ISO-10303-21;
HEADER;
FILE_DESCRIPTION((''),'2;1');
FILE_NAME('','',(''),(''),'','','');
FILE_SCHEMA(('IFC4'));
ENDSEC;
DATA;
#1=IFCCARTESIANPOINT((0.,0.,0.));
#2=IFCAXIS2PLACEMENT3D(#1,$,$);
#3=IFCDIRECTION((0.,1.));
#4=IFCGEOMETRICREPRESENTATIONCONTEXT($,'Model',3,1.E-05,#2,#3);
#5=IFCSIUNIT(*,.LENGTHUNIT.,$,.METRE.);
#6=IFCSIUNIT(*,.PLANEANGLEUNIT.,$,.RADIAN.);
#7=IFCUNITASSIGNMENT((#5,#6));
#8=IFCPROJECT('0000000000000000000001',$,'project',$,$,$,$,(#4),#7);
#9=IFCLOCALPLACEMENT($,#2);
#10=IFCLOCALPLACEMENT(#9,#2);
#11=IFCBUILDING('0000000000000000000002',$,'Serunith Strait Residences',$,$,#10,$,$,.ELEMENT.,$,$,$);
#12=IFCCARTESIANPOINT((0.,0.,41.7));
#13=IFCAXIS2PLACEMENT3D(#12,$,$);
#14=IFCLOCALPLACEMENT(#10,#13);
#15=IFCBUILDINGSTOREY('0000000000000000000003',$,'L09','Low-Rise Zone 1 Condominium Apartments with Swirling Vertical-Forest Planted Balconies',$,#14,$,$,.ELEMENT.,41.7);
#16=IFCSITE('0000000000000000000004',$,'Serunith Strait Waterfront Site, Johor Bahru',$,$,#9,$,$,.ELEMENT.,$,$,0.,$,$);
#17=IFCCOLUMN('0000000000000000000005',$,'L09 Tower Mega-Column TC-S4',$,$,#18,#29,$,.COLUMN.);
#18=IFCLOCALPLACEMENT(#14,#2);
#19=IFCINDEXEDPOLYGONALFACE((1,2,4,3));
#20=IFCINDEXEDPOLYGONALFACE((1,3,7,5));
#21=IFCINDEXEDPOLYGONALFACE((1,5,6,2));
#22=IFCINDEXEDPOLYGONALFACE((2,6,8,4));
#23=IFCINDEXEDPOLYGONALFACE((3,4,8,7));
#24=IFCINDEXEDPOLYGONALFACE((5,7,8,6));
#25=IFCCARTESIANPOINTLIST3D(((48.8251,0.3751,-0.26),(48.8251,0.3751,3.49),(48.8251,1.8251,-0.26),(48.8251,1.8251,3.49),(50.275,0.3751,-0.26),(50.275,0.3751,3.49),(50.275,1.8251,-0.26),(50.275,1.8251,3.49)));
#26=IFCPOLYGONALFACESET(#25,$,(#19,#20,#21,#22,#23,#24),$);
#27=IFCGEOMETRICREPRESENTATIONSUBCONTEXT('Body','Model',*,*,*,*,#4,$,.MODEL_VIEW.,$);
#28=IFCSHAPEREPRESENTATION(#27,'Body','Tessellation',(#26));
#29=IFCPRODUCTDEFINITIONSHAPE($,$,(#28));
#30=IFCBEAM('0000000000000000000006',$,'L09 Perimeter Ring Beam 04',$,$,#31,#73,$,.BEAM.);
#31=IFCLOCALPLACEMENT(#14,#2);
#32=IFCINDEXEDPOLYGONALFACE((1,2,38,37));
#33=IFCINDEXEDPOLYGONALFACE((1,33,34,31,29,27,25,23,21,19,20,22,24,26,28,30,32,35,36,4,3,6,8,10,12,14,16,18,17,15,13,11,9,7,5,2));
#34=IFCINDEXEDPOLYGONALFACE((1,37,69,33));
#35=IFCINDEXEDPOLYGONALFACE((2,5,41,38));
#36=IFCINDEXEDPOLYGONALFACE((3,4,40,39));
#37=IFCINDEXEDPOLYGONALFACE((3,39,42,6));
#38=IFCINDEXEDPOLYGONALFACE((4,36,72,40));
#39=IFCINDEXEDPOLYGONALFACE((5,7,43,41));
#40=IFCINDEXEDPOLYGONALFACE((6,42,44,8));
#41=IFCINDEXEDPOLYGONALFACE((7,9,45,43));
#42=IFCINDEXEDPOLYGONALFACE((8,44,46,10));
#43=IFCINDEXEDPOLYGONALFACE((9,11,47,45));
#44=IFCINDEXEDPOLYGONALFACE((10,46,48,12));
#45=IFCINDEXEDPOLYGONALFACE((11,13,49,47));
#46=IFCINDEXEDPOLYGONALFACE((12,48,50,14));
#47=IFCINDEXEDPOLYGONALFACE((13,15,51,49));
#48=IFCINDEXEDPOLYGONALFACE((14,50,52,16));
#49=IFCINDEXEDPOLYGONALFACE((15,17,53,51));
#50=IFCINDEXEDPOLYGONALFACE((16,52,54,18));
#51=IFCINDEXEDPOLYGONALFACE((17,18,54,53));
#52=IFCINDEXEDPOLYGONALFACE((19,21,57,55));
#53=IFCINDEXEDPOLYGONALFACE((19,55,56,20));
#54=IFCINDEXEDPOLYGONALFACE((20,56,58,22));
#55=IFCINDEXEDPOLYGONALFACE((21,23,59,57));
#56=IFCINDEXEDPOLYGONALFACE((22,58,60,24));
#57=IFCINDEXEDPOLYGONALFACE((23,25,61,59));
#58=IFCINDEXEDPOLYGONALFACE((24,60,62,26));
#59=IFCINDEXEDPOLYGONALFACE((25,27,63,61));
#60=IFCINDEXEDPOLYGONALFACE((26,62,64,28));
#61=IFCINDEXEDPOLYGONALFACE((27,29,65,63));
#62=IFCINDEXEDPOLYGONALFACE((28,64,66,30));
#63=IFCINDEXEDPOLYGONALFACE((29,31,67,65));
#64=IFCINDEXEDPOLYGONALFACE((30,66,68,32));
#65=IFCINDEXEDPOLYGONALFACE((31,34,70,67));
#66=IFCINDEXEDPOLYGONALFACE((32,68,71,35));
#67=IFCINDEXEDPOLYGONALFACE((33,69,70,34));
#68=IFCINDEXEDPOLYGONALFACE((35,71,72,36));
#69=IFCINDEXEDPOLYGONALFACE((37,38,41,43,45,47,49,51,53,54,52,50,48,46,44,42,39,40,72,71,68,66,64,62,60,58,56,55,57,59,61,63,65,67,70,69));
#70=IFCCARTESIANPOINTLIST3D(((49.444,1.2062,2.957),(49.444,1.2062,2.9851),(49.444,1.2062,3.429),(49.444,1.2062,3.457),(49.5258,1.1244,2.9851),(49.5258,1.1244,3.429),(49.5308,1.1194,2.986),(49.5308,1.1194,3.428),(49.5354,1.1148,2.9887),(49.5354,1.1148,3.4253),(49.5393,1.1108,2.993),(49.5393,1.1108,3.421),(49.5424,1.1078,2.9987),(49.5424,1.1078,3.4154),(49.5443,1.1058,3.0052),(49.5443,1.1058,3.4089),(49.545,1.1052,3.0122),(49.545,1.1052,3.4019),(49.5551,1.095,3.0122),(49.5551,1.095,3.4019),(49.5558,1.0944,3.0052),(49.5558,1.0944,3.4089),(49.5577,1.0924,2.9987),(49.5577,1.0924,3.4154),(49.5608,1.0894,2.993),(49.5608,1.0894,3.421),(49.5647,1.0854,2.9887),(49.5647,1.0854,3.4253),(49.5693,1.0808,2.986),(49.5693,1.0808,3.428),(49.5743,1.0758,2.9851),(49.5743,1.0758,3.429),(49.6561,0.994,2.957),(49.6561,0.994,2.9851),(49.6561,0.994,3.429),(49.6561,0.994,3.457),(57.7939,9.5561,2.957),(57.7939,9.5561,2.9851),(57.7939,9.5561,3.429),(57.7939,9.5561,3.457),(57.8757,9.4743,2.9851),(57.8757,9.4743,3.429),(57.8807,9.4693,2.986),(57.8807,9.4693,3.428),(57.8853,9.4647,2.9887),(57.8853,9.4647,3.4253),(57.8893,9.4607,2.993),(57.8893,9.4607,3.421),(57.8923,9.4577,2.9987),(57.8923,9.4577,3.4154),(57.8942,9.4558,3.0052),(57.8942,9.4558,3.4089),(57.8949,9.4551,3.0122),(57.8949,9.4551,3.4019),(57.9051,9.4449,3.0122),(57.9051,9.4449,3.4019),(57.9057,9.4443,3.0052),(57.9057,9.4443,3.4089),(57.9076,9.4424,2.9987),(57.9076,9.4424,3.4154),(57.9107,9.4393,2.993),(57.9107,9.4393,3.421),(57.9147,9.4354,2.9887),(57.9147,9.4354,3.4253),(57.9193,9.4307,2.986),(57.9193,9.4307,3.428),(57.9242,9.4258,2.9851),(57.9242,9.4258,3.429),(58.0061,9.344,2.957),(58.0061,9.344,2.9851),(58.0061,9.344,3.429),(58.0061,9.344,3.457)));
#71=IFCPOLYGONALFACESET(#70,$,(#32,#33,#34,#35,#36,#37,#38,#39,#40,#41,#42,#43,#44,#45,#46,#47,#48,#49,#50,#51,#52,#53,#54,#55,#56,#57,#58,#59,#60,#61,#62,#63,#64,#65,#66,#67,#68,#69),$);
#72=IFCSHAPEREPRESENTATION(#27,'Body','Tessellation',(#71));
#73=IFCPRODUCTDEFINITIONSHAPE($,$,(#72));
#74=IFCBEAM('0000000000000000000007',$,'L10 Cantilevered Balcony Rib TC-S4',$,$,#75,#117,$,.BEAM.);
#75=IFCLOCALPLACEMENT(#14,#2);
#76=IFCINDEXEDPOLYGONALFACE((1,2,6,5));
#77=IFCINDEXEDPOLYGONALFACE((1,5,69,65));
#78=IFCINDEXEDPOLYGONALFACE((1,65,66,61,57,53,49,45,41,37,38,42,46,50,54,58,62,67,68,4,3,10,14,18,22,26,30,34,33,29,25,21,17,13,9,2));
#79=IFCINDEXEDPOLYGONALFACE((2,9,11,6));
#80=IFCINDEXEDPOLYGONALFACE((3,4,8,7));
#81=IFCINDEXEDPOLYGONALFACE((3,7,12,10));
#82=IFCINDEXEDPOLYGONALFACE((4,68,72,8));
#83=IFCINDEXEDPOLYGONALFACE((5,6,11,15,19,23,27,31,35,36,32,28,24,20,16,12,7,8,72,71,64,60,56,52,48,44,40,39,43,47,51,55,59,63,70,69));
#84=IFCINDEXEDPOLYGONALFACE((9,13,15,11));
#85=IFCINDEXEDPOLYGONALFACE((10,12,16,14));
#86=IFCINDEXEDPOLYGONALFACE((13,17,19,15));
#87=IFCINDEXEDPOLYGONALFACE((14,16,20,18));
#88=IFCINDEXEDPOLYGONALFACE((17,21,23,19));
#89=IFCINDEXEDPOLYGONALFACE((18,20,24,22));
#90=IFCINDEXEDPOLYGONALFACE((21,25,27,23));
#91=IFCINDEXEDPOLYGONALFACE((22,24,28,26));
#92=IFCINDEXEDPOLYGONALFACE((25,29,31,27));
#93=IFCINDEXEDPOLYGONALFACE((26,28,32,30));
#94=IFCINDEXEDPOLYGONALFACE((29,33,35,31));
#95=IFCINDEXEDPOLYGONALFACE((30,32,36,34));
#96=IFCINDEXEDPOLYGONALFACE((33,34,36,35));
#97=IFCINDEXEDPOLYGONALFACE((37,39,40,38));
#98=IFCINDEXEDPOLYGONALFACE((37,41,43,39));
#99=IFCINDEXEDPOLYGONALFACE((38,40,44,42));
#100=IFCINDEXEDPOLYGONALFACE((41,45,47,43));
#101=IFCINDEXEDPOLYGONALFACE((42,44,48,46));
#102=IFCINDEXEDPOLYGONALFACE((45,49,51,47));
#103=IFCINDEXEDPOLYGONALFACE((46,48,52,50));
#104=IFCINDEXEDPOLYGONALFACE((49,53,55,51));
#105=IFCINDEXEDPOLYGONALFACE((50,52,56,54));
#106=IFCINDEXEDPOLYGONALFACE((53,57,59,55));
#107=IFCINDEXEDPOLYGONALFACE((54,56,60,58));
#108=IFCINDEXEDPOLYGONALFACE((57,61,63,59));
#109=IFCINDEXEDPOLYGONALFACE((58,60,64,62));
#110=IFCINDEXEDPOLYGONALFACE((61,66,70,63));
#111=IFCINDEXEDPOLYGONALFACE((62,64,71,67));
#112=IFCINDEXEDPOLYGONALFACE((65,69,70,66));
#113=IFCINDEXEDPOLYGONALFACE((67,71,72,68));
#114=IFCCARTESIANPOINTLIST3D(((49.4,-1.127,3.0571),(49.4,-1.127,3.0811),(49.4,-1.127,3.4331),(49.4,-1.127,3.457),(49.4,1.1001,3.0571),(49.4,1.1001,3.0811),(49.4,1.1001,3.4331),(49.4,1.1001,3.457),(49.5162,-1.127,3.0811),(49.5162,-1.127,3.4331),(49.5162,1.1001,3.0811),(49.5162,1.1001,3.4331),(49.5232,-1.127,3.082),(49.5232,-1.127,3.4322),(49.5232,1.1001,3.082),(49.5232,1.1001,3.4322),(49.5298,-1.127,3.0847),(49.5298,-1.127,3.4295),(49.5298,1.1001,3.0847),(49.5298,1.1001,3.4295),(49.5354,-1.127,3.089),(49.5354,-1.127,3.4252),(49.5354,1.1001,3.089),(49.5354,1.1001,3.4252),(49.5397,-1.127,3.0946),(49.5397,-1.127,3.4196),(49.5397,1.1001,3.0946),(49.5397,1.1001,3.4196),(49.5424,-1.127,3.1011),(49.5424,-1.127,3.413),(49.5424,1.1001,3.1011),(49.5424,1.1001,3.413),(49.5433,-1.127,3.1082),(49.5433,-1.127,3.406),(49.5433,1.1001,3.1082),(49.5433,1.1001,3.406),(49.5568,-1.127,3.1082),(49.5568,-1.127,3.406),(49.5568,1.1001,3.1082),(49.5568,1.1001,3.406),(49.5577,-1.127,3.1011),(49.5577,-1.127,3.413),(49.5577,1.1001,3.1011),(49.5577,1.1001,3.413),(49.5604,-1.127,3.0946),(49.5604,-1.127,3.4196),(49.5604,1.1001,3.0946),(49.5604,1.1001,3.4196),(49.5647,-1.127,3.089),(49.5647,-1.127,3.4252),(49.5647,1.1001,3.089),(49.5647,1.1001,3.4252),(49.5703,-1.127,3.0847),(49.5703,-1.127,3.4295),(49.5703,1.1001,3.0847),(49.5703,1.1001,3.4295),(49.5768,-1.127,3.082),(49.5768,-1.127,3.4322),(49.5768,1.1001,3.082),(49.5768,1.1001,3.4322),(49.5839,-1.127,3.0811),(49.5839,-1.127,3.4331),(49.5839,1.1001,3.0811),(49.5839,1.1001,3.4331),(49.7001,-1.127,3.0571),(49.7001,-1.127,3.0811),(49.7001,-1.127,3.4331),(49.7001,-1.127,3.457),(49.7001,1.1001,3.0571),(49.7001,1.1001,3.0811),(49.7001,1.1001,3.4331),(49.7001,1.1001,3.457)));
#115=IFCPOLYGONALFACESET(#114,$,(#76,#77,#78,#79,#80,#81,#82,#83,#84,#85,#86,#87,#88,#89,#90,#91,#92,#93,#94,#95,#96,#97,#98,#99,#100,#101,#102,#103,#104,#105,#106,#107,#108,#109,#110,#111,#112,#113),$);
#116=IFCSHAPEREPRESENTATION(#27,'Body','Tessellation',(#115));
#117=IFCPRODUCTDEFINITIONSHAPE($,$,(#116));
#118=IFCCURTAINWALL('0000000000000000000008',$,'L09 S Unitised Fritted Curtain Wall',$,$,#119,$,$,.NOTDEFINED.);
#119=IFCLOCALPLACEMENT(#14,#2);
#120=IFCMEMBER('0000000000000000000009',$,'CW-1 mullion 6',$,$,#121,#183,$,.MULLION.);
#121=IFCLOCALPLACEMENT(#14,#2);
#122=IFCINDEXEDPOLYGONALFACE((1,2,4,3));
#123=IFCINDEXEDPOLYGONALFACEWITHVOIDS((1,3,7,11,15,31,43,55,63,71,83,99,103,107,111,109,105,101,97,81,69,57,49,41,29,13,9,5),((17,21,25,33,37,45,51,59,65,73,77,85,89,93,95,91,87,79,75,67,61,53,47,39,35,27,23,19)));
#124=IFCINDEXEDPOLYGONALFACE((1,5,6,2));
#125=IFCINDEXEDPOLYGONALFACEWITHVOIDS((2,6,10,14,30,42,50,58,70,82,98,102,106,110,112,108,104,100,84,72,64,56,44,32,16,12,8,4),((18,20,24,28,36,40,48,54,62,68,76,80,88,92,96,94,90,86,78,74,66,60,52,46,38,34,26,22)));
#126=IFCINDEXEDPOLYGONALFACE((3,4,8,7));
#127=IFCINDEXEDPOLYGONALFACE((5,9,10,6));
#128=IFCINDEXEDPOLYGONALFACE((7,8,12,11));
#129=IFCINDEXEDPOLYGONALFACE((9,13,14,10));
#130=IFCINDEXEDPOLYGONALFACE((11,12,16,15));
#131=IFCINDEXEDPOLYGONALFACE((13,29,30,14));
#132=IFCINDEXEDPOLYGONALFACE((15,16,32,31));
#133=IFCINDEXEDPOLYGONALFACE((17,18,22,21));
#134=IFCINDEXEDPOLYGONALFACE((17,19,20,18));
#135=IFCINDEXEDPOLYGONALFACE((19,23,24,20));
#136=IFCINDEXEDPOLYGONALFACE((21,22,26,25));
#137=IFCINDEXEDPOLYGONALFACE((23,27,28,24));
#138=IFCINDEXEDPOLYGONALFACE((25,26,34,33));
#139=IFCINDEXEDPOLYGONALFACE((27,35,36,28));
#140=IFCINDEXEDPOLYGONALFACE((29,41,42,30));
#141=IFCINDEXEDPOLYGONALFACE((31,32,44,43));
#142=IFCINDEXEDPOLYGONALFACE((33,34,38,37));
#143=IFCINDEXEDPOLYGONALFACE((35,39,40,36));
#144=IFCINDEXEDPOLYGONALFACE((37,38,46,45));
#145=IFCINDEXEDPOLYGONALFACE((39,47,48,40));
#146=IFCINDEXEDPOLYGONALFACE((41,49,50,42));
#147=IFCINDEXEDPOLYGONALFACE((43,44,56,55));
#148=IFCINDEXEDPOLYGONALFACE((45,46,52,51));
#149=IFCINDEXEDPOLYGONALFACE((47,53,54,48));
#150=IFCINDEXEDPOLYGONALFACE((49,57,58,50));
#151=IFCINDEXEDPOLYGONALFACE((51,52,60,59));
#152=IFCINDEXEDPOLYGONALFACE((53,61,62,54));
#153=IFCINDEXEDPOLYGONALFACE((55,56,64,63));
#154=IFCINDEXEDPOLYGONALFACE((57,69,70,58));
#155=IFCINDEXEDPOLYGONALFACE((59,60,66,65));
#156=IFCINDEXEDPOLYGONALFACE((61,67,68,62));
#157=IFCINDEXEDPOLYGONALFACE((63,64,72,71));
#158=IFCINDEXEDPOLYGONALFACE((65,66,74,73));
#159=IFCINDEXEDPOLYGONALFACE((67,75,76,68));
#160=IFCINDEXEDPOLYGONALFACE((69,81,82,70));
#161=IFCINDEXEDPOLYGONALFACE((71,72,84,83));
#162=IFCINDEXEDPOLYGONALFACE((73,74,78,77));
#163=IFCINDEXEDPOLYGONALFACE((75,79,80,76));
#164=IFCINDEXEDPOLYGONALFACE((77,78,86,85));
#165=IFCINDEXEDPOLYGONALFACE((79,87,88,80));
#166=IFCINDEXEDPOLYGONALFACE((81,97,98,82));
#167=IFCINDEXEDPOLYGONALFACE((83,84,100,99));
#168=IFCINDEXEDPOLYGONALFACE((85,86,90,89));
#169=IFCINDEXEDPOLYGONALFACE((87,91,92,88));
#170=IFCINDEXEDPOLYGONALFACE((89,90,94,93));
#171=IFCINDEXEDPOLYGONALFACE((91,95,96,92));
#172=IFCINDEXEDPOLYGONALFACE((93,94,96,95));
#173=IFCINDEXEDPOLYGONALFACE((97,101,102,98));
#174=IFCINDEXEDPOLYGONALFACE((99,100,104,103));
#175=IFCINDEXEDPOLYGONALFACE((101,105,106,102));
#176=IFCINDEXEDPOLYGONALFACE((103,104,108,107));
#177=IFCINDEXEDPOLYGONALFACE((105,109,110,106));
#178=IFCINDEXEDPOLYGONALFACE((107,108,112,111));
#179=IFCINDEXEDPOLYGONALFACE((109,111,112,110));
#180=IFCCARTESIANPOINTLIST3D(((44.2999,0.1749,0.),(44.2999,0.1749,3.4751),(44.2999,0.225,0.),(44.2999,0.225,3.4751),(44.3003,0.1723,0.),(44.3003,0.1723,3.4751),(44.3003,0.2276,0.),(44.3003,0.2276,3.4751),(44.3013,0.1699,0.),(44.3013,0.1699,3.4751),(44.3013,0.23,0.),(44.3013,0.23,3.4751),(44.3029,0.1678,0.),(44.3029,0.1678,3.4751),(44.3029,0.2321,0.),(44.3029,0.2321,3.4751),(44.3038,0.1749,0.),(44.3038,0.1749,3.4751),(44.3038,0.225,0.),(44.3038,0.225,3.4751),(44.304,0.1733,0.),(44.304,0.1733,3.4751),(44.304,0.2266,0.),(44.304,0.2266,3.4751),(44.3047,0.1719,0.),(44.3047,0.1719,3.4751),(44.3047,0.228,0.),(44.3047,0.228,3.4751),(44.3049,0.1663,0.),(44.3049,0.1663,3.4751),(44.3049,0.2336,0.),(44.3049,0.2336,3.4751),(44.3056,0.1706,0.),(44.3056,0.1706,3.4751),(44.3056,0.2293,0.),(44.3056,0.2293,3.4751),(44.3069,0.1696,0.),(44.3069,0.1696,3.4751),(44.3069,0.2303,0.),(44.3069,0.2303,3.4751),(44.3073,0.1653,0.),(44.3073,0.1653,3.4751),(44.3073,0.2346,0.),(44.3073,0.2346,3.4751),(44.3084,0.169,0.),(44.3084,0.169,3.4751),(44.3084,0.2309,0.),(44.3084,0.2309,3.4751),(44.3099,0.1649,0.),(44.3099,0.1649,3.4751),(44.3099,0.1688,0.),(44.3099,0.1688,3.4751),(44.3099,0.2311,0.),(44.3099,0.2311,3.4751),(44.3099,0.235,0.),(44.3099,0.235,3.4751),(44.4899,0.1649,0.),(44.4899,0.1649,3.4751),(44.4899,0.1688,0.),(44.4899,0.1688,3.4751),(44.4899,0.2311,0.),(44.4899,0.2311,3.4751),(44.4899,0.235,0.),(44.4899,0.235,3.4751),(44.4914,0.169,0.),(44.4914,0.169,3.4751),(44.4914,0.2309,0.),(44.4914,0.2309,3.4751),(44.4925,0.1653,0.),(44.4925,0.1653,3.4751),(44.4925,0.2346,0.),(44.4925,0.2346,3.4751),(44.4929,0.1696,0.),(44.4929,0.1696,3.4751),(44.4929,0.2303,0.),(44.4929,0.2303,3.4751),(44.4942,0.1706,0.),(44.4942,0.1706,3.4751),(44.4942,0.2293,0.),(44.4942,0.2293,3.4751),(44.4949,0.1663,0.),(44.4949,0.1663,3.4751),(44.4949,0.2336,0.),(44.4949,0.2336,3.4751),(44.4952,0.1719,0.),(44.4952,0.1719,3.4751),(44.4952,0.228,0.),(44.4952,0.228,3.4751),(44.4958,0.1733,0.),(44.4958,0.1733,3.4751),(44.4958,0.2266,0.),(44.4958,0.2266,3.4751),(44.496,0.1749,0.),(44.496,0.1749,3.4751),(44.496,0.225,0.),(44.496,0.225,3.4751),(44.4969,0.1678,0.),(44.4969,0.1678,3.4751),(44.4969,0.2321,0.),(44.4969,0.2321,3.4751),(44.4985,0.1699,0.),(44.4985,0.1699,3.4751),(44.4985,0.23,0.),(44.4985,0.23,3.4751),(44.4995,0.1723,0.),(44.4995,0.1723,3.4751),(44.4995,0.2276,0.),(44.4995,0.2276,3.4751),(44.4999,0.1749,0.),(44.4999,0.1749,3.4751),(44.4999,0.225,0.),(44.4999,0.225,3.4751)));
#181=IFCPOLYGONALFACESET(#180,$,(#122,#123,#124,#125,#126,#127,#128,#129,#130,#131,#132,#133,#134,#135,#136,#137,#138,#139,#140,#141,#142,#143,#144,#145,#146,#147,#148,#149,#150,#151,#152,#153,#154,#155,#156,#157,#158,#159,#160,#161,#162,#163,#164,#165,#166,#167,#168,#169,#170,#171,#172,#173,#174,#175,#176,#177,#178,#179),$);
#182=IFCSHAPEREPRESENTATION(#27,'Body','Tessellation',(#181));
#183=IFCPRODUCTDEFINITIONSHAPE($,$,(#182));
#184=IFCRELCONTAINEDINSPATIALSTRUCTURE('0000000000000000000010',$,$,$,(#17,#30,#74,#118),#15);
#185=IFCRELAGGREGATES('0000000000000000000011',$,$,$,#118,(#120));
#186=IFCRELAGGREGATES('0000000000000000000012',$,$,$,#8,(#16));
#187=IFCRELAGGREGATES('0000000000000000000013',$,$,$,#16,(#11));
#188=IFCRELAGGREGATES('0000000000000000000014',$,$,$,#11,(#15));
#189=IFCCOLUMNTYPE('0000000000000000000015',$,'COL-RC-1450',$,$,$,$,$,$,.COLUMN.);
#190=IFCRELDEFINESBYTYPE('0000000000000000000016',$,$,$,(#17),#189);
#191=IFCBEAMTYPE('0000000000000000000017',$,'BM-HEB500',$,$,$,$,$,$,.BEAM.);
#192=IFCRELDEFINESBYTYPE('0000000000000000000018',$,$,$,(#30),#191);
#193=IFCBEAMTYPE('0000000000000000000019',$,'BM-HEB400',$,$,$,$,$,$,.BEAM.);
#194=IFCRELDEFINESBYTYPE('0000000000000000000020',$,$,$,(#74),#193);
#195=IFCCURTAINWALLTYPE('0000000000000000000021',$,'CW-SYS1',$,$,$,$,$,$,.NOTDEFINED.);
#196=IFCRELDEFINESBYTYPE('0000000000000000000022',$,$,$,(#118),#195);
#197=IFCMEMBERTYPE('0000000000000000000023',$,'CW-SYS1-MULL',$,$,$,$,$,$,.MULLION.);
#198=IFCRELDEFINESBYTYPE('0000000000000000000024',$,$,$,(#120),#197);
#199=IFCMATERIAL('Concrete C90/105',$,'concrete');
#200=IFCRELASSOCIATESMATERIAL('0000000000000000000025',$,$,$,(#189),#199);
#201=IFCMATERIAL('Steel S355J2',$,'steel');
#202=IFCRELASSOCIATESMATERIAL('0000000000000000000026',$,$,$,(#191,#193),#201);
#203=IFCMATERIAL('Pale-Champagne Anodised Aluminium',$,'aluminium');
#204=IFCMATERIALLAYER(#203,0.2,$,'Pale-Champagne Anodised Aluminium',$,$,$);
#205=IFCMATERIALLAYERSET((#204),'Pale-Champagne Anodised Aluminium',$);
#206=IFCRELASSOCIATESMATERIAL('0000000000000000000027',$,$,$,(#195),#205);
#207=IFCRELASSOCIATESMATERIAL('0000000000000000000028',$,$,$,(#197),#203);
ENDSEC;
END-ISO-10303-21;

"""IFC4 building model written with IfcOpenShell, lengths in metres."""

from ifc_helpers import new_model, si_unit, direction, frame, origin, origin_2d, place, context, subcontext, project, spatial, rectangle, hollow_rectangle, i_section, extrude, source, transform, mapped, material, layer, layer_set, material_profile, profile_set, type_object, element, aggregate, save


model = new_model("IFC4")

# Units and contexts
model_context = context("Model", 3, precision=1e-05, world=origin(), true_north=direction((0.0, 1.0)))
body_context = subcontext(model_context, "Body", "Model", "MODEL_VIEW")
ifc_project = project(units=[si_unit("LENGTHUNIT", "METRE"), si_unit("PLANEANGLEUNIT", "RADIAN")], contexts=[model_context])

# Site, building, storey
site_placement = place(None, origin())
site = spatial("IfcSite", under=ifc_project, at=site_placement, Name="Serunith Strait Waterfront Site, Johor Bahru", CompositionType="ELEMENT", RefElevation=0.0)
building_placement = place(site_placement, origin())
building = spatial("IfcBuilding", under=site, at=building_placement, Name="Serunith Strait Residences", CompositionType="ELEMENT")
storey_placement = place(building_placement, frame((0.0, 0.0, 41.7)))
storey = spatial("IfcBuildingStorey", under=building, at=storey_placement, Name="L09", Description="Low-Rise Zone 1 Condominium Apartments with Swirling Vertical-Forest Planted Balconies", CompositionType="ELEMENT", Elevation=41.7)

# Column
ifc_material_1 = material(Name="Concrete C90/105", Category="concrete")
ifc_material_profile_1 = material_profile(ifc_material_1, rectangle(XDim=1.45, YDim=1.45, at=origin_2d()), Name="RC 1450x1450")
ifc_profile_set_1 = profile_set([ifc_material_profile_1], Name="Concrete C90/105")
column_type = type_object("IfcColumnType", Name="COL-RC-1450", PredefinedType="COLUMN", material=ifc_profile_set_1)
shared_shape_1 = source(origin(), body_context, "Body", "SweptSolid", [
    extrude(rectangle(XDim=1.45, YDim=1.45, at=origin_2d()), origin(), (0.0, 0.0, 1.0), 3.75),
])
column_placement = place(storey_placement, frame((49.55, 1.1001, -0.26), z_axis=(0.0, 0.0, 1.0), x_axis=(1.0, 0.0, 0.0)))
element("IfcColumn", 1, at=column_placement, inside=storey, type_object=column_type, Name="L09 Tower Mega-Column TC-S4", PredefinedType="COLUMN", context=body_context, shape_type="MappedRepresentation", body=[
    mapped(shared_shape_1, transform((0.0, 0.0, 0.0), scale=1.0)),
])

# Beams
ifc_material_2 = material(Name="Steel S355J2", Category="steel")
ifc_material_profile_2 = material_profile(ifc_material_2, i_section(OverallWidth=0.3, OverallDepth=0.5, WebThickness=0.0144, FlangeThickness=0.0281, FilletRadius=0.0271, at=origin_2d()), Name="HEB 500")
ifc_profile_set_2 = profile_set([ifc_material_profile_2], Name="Steel S355J2")
beam_type_1 = type_object("IfcBeamType", Name="BM-HEB500", PredefinedType="BEAM", material=ifc_profile_set_2)
shared_shape_2 = source(origin(), body_context, "Body", "SweptSolid", [
    extrude(i_section(OverallWidth=0.3, OverallDepth=0.5, WebThickness=0.0144, FlangeThickness=0.0281, FilletRadius=0.0271, at=origin_2d()), origin(), (0.0, 0.0, 1.0), 11.8086),
])
beam_1_placement = place(storey_placement, frame((49.55, 1.1001, 3.207), z_axis=(0.707107, 0.707107, 0.0), x_axis=(-0.707107, 0.707107, 0.0)))
element("IfcBeam", 2, at=beam_1_placement, inside=storey, type_object=beam_type_1, Name="L09 Perimeter Ring Beam 04", PredefinedType="BEAM", context=body_context, shape_type="MappedRepresentation", body=[
    mapped(shared_shape_2, transform((0.0, 0.0, 0.0), scale=1.0)),
])
ifc_material_profile_3 = material_profile(ifc_material_2, i_section(OverallWidth=0.3, OverallDepth=0.3999, WebThickness=0.0134, FlangeThickness=0.0239, FilletRadius=0.0271, at=origin_2d()), Name="HEB 400")
ifc_profile_set_3 = profile_set([ifc_material_profile_3], Name="Steel S355J2")
beam_type_2 = type_object("IfcBeamType", Name="BM-HEB400", PredefinedType="BEAM", material=ifc_profile_set_3)
shared_shape_3 = source(origin(), body_context, "Body", "SweptSolid", [
    extrude(i_section(OverallWidth=0.3, OverallDepth=0.3999, WebThickness=0.0134, FlangeThickness=0.0239, FilletRadius=0.0271, at=origin_2d()), origin(), (0.0, 0.0, 1.0), 2.2271),
])
beam_2_placement = place(storey_placement, frame((49.55, 1.1001, 3.2571), z_axis=(0.0, -1.0, 0.0), x_axis=(1.0, 0.0, 0.0)))
element("IfcBeam", 3, at=beam_2_placement, inside=storey, type_object=beam_type_2, Name="L10 Cantilevered Balcony Rib TC-S4", PredefinedType="BEAM", context=body_context, shape_type="MappedRepresentation", body=[
    mapped(shared_shape_3, transform((0.0, 0.0, 0.0), scale=1.0)),
])

# Curtain wall, member
ifc_material_3 = material(Name="Pale-Champagne Anodised Aluminium", Category="aluminium")
ifc_layer_1 = layer(ifc_material_3, 0.2, Name="Pale-Champagne Anodised Aluminium")
ifc_layer_set_1 = layer_set([ifc_layer_1], Name="Pale-Champagne Anodised Aluminium")
curtain_wall_type = type_object("IfcCurtainWallType", Name="CW-SYS1", PredefinedType="NOTDEFINED", material=ifc_layer_set_1)
curtain_wall_1_placement = place(storey_placement, origin())
curtain_wall_1 = element("IfcCurtainWall", 4, at=curtain_wall_1_placement, inside=storey, type_object=curtain_wall_type, Name="L09 S Unitised Fritted Curtain Wall", PredefinedType="NOTDEFINED")
ifc_material_profile_4 = material_profile(ifc_material_3, hollow_rectangle(XDim=0.0701, YDim=0.2, WallThickness=0.0039, InnerFilletRadius=0.0061, OuterFilletRadius=0.01, at=origin_2d()), Name="ALU 200x70x4")
ifc_profile_set_4 = profile_set([ifc_material_profile_4], Name="Pale-Champagne Anodised Aluminium")
member_type_1 = type_object("IfcMemberType", Name="CW-SYS1-MULL", PredefinedType="MULLION", material=ifc_profile_set_4)
shared_shape_4 = source(origin(), body_context, "Body", "SweptSolid", [
    extrude(hollow_rectangle(XDim=0.0701, YDim=0.2, WallThickness=0.0039, InnerFilletRadius=0.0061, OuterFilletRadius=0.01, at=origin_2d()), origin(), (0.0, 0.0, 1.0), 3.4751),
])
member_1_placement = place(storey_placement, frame((44.3999, 0.2, 0.0), z_axis=(0.0, 0.0, 1.0), x_axis=(0.0, 1.0, 0.0)))
member_1 = element("IfcMember", 5, at=member_1_placement, type_object=member_type_1, Name="CW-1 mullion 6", PredefinedType="MULLION", context=body_context, shape_type="MappedRepresentation", body=[
    mapped(shared_shape_4, transform((0.0, 0.0, 0.0), scale=1.0)),
])

aggregate(curtain_wall_1, [member_1])

save(model, "model.ifc")
